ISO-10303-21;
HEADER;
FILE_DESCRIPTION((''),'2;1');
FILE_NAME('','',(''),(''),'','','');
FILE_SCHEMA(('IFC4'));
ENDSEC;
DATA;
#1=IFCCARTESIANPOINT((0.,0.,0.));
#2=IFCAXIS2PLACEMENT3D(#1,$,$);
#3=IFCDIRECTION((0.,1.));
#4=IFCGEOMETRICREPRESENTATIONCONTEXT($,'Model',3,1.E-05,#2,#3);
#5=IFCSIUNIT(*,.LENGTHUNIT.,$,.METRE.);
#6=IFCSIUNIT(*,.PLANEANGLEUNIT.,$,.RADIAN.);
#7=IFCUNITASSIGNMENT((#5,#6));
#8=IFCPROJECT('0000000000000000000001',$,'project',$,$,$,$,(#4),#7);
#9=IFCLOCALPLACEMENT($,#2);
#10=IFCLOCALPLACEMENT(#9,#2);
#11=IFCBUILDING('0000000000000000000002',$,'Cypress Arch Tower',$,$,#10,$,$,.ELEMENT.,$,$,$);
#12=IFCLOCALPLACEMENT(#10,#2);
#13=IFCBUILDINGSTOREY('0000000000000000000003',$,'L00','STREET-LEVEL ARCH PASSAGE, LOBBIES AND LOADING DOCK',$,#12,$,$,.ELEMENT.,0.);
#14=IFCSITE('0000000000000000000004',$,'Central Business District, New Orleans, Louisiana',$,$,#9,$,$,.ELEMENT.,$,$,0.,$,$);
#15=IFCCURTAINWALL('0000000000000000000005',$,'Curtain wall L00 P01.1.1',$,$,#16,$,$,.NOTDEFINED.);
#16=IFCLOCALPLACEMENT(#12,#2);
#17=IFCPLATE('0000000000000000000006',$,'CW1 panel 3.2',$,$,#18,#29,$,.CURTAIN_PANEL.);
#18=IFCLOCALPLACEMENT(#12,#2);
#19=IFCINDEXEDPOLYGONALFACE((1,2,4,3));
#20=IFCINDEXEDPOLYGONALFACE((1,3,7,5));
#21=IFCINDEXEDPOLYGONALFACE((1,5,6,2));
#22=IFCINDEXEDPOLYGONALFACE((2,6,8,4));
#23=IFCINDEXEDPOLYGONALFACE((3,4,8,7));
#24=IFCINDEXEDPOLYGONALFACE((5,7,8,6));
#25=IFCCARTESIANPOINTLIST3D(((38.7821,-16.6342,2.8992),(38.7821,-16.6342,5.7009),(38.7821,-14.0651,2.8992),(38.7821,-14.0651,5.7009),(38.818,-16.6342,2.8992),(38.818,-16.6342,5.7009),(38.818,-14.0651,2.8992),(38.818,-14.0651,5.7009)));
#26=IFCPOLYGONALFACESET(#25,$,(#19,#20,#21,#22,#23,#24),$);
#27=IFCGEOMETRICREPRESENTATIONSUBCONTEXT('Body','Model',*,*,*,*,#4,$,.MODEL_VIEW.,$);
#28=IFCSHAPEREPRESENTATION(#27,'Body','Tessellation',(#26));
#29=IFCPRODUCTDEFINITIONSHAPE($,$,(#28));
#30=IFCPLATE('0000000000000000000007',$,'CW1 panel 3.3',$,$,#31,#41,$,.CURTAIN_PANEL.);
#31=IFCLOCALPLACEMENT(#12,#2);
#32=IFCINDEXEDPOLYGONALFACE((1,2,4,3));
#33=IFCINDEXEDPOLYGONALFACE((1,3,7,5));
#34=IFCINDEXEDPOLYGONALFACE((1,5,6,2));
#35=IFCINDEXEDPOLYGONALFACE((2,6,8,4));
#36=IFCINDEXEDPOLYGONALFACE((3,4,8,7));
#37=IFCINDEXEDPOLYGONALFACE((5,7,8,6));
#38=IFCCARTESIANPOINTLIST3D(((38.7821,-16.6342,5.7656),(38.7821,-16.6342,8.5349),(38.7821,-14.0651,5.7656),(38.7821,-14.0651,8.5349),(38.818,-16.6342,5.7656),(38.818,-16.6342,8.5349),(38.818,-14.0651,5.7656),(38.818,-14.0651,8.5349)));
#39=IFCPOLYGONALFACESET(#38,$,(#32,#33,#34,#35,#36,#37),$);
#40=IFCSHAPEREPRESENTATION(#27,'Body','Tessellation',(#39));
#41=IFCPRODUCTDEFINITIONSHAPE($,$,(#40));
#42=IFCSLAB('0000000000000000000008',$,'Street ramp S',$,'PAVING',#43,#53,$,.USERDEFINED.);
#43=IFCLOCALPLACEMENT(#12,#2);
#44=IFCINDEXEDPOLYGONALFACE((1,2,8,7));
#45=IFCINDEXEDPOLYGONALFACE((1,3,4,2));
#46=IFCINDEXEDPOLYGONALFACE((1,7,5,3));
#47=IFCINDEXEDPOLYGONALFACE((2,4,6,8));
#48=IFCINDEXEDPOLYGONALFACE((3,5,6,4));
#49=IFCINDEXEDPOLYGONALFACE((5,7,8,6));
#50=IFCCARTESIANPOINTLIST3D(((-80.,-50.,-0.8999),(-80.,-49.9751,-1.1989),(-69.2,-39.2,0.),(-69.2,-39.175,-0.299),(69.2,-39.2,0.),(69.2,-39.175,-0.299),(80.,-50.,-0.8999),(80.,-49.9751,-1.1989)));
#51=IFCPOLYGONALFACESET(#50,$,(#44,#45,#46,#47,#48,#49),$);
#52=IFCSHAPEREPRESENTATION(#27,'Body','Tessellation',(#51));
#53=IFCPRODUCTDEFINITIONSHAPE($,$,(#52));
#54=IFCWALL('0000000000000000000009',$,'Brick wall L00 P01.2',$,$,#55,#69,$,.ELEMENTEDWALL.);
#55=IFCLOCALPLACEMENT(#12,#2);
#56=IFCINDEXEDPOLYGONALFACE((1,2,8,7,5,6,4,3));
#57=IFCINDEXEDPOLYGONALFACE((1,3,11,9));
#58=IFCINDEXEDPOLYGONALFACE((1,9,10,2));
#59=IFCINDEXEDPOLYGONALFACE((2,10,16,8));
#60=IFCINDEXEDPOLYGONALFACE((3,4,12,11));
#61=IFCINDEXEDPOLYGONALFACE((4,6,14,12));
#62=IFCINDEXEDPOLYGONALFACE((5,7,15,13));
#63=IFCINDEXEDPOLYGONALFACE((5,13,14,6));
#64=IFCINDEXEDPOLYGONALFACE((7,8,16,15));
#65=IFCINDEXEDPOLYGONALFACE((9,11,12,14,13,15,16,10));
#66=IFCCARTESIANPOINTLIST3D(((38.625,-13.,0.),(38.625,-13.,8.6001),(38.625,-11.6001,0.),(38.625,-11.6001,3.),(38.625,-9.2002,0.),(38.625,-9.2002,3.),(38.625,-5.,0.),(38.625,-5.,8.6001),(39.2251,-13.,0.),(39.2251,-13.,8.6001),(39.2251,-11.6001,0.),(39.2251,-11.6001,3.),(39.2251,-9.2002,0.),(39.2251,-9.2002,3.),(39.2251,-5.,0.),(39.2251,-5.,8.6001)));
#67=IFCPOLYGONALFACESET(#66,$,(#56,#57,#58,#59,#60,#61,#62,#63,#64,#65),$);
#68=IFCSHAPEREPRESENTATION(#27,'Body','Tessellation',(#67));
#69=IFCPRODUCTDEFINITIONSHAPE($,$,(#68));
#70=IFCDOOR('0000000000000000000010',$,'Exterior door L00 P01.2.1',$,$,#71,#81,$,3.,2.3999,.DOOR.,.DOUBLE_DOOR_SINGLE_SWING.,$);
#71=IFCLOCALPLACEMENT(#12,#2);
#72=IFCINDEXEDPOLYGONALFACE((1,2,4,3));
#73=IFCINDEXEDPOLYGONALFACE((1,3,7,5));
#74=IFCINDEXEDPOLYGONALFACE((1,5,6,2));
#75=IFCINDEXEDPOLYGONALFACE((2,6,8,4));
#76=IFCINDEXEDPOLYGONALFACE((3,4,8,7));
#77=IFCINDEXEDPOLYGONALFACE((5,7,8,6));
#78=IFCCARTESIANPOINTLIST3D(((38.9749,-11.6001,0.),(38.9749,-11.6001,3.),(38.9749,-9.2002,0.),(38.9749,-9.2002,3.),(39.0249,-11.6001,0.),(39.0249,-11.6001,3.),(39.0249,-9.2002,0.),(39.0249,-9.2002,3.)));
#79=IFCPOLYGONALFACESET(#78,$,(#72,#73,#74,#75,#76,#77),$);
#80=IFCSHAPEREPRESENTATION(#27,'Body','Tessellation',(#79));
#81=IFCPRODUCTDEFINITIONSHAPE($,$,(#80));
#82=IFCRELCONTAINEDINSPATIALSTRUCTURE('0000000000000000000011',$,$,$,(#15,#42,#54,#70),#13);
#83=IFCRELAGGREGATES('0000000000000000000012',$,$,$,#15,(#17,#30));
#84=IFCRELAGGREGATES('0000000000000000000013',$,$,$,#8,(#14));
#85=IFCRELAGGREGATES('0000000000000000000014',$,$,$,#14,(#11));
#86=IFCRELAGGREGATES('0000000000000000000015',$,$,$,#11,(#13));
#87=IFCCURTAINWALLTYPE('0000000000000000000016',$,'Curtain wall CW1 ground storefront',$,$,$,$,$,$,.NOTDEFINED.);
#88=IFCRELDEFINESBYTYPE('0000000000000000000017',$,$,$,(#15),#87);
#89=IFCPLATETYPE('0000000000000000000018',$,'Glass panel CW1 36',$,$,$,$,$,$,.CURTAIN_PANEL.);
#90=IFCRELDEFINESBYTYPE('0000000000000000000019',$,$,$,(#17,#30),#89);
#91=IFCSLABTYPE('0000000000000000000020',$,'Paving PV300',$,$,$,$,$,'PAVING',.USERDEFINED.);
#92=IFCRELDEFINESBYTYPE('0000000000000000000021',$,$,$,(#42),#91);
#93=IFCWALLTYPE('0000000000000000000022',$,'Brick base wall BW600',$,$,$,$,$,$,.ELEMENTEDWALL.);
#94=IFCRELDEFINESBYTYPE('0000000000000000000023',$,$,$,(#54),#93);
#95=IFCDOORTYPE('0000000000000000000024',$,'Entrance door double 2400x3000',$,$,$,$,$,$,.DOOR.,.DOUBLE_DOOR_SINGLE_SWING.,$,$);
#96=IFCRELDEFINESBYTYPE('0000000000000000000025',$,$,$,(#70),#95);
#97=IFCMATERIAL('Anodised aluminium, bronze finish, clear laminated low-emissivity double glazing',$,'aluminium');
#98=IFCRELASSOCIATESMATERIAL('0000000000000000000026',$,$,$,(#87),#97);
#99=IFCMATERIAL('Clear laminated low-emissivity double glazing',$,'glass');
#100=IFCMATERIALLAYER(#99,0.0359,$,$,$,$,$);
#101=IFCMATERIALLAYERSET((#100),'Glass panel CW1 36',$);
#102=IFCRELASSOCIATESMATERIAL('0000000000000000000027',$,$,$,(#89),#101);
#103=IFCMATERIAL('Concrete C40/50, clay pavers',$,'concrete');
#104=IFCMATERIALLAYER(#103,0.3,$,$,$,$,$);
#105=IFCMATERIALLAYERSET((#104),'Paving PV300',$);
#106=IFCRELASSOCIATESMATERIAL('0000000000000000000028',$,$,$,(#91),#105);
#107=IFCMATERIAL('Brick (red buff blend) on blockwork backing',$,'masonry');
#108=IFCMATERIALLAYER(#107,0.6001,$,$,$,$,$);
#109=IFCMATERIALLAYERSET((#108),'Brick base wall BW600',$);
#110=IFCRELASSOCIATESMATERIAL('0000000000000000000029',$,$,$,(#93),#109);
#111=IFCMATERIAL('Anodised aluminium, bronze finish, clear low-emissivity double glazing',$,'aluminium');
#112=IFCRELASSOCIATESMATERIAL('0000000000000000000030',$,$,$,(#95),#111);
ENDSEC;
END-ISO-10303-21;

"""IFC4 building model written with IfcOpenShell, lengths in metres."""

from ifc_helpers import new_model, si_unit, direction, frame, frame_2d, origin, origin_2d, place, context, subcontext, project, spatial, polyline, rectangle, outline, extrude, material, layer, layer_set, type_object, element, fill, aggregate, save


model = new_model("IFC4")

# Units and contexts
model_context = context("Model", 3, precision=1e-05, world=origin(), true_north=direction((0.0, 1.0)))
body_context = subcontext(model_context, "Body", "Model", "MODEL_VIEW")
ifc_project = project(units=[si_unit("LENGTHUNIT", "METRE"), si_unit("PLANEANGLEUNIT", "RADIAN")], contexts=[model_context])

# Site, building, storey
site_placement = place(None, origin())
site = spatial("IfcSite", under=ifc_project, at=site_placement, Name="Central Business District, New Orleans, Louisiana", CompositionType="ELEMENT", RefElevation=0.0)
building_placement = place(site_placement, origin())
building = spatial("IfcBuilding", under=site, at=building_placement, Name="Cypress Arch Tower", CompositionType="ELEMENT")
storey_placement = place(building_placement, origin())
storey = spatial("IfcBuildingStorey", under=building, at=storey_placement, Name="L00", Description="STREET-LEVEL ARCH PASSAGE, LOBBIES AND LOADING DOCK", CompositionType="ELEMENT", Elevation=0.0)

# Curtain wall, plates
ifc_material_1 = material(Name="Anodised aluminium, bronze finish, clear laminated low-emissivity double glazing", Category="aluminium")
curtain_wall_type = type_object("IfcCurtainWallType", Name="Curtain wall CW1 ground storefront", PredefinedType="NOTDEFINED", material=ifc_material_1)
curtain_wall_placement = place(storey_placement, origin())
curtain_wall = element("IfcCurtainWall", 1, at=curtain_wall_placement, inside=storey, type_object=curtain_wall_type, Name="Curtain wall L00 P01.1.1", PredefinedType="NOTDEFINED")
ifc_material_2 = material(Name="Clear laminated low-emissivity double glazing", Category="glass")
ifc_layer_1 = layer(ifc_material_2, 0.0359)
ifc_layer_set_1 = layer_set([ifc_layer_1], Name="Glass panel CW1 36")
plate_type = type_object("IfcPlateType", Name="Glass panel CW1 36", PredefinedType="CURTAIN_PANEL", material=ifc_layer_set_1)
plate_1_placement = place(storey_placement, frame((38.8, -15.3496, 2.8992), z_axis=(0.0, 0.0, 1.0), x_axis=(0.0, 1.0, 0.0)))
plate_1 = element("IfcPlate", 2, at=plate_1_placement, type_object=plate_type, Name="CW1 panel 3.2", PredefinedType="CURTAIN_PANEL", context=body_context, shape_type="SweptSolid", body=[
    extrude(rectangle(XDim=2.5691, YDim=0.0359, at=origin_2d()), origin(), (0.0, 0.0, 1.0), 2.8018),
])
plate_2_placement = place(storey_placement, frame((38.8, -15.3496, 5.7656), z_axis=(0.0, 0.0, 1.0), x_axis=(0.0, 1.0, 0.0)))
plate_2 = element("IfcPlate", 3, at=plate_2_placement, type_object=plate_type, Name="CW1 panel 3.3", PredefinedType="CURTAIN_PANEL", context=body_context, shape_type="SweptSolid", body=[
    extrude(rectangle(XDim=2.5691, YDim=0.0359, at=origin_2d()), origin(), (0.0, 0.0, 1.0), 2.7693),
])
aggregate(curtain_wall, [plate_1, plate_2])

# Slab
ifc_material_3 = material(Name="Concrete C40/50, clay pavers", Category="concrete")
ifc_layer_2 = layer(ifc_material_3, 0.3)
ifc_layer_set_2 = layer_set([ifc_layer_2], Name="Paving PV300")
slab_type = type_object("IfcSlabType", Name="Paving PV300", ElementType="PAVING", PredefinedType="USERDEFINED", material=ifc_layer_set_2)
slab_placement = place(storey_placement, frame((69.2, -39.2, 0.0), z_axis=(0.0, -0.083036, 0.996547), x_axis=(-1.0, 0.0, 0.0)))
element("IfcSlab", 4, at=slab_placement, inside=storey, type_object=slab_type, Name="Street ramp S", ObjectType="PAVING", PredefinedType="USERDEFINED", context=body_context, shape_type="SweptSolid", body=[
    extrude(outline(polyline([(0.0, 0.0), (138.3999, 0.0), (149.2, 10.8375), (-10.8, 10.8375), (0.0, 0.0)])), origin(), (0.0, 0.0, -1.0), 0.3),
])

# Wall, opening, door
ifc_material_4 = material(Name="Brick (red buff blend) on blockwork backing", Category="masonry")
ifc_layer_3 = layer(ifc_material_4, 0.6001)
ifc_layer_set_3 = layer_set([ifc_layer_3], Name="Brick base wall BW600")
wall_type = type_object("IfcWallType", Name="Brick base wall BW600", PredefinedType="ELEMENTEDWALL", material=ifc_layer_set_3)
wall_placement = place(storey_placement, frame((38.925, -13.0, 0.0), z_axis=(0.0, 0.0, 1.0), x_axis=(0.0, 1.0, 0.0)))
wall = element("IfcWall", 5, at=wall_placement, inside=storey, type_object=wall_type, Name="Brick wall L00 P01.2", PredefinedType="ELEMENTEDWALL", context=body_context, shape_type="SweptSolid", body=[
    extrude(rectangle(XDim=8.0, YDim=0.6001, at=frame_2d((4.0, 0.0))), origin(), (0.0, 0.0, 1.0), 8.6001),
])
opening_placement = place(wall_placement, frame((1.3999, 0.0, 0.0)))
opening = element("IfcOpeningElement", 6, at=opening_placement, cuts=wall, PredefinedType="OPENING", context=body_context, shape_type="SweptSolid", body=[
    extrude(rectangle(XDim=2.3999, YDim=3.0, at=frame_2d((1.2, 1.5))), frame((0.0, 0.3101, 0.0), z_axis=(0.0, -1.0, 0.0), x_axis=(1.0, 0.0, 0.0)), (0.0, 0.0, 1.0), 0.6201),
])
ifc_material_5 = material(Name="Anodised aluminium, bronze finish, clear low-emissivity double glazing", Category="aluminium")
door_type = type_object("IfcDoorType", Name="Entrance door double 2400x3000", OperationType="DOUBLE_DOOR_SINGLE_SWING", PredefinedType="DOOR", material=ifc_material_5)
door_placement = place(opening_placement, origin())
door = element("IfcDoor", 7, at=door_placement, inside=storey, type_object=door_type, Name="Exterior door L00 P01.2.1", OperationType="DOUBLE_DOOR_SINGLE_SWING", OverallHeight=3.0, OverallWidth=2.3999, PredefinedType="DOOR", context=body_context, shape_type="SweptSolid", body=[
    extrude(rectangle(XDim=2.3999, YDim=3.0, at=frame_2d((1.2, 1.5))), frame((0.0, -0.0498, 0.0), z_axis=(0.0, -1.0, 0.0), x_axis=(1.0, 0.0, 0.0)), (0.0, 0.0, 1.0), 0.05),
])
fill(opening, door)

save(model, "model.ifc")
